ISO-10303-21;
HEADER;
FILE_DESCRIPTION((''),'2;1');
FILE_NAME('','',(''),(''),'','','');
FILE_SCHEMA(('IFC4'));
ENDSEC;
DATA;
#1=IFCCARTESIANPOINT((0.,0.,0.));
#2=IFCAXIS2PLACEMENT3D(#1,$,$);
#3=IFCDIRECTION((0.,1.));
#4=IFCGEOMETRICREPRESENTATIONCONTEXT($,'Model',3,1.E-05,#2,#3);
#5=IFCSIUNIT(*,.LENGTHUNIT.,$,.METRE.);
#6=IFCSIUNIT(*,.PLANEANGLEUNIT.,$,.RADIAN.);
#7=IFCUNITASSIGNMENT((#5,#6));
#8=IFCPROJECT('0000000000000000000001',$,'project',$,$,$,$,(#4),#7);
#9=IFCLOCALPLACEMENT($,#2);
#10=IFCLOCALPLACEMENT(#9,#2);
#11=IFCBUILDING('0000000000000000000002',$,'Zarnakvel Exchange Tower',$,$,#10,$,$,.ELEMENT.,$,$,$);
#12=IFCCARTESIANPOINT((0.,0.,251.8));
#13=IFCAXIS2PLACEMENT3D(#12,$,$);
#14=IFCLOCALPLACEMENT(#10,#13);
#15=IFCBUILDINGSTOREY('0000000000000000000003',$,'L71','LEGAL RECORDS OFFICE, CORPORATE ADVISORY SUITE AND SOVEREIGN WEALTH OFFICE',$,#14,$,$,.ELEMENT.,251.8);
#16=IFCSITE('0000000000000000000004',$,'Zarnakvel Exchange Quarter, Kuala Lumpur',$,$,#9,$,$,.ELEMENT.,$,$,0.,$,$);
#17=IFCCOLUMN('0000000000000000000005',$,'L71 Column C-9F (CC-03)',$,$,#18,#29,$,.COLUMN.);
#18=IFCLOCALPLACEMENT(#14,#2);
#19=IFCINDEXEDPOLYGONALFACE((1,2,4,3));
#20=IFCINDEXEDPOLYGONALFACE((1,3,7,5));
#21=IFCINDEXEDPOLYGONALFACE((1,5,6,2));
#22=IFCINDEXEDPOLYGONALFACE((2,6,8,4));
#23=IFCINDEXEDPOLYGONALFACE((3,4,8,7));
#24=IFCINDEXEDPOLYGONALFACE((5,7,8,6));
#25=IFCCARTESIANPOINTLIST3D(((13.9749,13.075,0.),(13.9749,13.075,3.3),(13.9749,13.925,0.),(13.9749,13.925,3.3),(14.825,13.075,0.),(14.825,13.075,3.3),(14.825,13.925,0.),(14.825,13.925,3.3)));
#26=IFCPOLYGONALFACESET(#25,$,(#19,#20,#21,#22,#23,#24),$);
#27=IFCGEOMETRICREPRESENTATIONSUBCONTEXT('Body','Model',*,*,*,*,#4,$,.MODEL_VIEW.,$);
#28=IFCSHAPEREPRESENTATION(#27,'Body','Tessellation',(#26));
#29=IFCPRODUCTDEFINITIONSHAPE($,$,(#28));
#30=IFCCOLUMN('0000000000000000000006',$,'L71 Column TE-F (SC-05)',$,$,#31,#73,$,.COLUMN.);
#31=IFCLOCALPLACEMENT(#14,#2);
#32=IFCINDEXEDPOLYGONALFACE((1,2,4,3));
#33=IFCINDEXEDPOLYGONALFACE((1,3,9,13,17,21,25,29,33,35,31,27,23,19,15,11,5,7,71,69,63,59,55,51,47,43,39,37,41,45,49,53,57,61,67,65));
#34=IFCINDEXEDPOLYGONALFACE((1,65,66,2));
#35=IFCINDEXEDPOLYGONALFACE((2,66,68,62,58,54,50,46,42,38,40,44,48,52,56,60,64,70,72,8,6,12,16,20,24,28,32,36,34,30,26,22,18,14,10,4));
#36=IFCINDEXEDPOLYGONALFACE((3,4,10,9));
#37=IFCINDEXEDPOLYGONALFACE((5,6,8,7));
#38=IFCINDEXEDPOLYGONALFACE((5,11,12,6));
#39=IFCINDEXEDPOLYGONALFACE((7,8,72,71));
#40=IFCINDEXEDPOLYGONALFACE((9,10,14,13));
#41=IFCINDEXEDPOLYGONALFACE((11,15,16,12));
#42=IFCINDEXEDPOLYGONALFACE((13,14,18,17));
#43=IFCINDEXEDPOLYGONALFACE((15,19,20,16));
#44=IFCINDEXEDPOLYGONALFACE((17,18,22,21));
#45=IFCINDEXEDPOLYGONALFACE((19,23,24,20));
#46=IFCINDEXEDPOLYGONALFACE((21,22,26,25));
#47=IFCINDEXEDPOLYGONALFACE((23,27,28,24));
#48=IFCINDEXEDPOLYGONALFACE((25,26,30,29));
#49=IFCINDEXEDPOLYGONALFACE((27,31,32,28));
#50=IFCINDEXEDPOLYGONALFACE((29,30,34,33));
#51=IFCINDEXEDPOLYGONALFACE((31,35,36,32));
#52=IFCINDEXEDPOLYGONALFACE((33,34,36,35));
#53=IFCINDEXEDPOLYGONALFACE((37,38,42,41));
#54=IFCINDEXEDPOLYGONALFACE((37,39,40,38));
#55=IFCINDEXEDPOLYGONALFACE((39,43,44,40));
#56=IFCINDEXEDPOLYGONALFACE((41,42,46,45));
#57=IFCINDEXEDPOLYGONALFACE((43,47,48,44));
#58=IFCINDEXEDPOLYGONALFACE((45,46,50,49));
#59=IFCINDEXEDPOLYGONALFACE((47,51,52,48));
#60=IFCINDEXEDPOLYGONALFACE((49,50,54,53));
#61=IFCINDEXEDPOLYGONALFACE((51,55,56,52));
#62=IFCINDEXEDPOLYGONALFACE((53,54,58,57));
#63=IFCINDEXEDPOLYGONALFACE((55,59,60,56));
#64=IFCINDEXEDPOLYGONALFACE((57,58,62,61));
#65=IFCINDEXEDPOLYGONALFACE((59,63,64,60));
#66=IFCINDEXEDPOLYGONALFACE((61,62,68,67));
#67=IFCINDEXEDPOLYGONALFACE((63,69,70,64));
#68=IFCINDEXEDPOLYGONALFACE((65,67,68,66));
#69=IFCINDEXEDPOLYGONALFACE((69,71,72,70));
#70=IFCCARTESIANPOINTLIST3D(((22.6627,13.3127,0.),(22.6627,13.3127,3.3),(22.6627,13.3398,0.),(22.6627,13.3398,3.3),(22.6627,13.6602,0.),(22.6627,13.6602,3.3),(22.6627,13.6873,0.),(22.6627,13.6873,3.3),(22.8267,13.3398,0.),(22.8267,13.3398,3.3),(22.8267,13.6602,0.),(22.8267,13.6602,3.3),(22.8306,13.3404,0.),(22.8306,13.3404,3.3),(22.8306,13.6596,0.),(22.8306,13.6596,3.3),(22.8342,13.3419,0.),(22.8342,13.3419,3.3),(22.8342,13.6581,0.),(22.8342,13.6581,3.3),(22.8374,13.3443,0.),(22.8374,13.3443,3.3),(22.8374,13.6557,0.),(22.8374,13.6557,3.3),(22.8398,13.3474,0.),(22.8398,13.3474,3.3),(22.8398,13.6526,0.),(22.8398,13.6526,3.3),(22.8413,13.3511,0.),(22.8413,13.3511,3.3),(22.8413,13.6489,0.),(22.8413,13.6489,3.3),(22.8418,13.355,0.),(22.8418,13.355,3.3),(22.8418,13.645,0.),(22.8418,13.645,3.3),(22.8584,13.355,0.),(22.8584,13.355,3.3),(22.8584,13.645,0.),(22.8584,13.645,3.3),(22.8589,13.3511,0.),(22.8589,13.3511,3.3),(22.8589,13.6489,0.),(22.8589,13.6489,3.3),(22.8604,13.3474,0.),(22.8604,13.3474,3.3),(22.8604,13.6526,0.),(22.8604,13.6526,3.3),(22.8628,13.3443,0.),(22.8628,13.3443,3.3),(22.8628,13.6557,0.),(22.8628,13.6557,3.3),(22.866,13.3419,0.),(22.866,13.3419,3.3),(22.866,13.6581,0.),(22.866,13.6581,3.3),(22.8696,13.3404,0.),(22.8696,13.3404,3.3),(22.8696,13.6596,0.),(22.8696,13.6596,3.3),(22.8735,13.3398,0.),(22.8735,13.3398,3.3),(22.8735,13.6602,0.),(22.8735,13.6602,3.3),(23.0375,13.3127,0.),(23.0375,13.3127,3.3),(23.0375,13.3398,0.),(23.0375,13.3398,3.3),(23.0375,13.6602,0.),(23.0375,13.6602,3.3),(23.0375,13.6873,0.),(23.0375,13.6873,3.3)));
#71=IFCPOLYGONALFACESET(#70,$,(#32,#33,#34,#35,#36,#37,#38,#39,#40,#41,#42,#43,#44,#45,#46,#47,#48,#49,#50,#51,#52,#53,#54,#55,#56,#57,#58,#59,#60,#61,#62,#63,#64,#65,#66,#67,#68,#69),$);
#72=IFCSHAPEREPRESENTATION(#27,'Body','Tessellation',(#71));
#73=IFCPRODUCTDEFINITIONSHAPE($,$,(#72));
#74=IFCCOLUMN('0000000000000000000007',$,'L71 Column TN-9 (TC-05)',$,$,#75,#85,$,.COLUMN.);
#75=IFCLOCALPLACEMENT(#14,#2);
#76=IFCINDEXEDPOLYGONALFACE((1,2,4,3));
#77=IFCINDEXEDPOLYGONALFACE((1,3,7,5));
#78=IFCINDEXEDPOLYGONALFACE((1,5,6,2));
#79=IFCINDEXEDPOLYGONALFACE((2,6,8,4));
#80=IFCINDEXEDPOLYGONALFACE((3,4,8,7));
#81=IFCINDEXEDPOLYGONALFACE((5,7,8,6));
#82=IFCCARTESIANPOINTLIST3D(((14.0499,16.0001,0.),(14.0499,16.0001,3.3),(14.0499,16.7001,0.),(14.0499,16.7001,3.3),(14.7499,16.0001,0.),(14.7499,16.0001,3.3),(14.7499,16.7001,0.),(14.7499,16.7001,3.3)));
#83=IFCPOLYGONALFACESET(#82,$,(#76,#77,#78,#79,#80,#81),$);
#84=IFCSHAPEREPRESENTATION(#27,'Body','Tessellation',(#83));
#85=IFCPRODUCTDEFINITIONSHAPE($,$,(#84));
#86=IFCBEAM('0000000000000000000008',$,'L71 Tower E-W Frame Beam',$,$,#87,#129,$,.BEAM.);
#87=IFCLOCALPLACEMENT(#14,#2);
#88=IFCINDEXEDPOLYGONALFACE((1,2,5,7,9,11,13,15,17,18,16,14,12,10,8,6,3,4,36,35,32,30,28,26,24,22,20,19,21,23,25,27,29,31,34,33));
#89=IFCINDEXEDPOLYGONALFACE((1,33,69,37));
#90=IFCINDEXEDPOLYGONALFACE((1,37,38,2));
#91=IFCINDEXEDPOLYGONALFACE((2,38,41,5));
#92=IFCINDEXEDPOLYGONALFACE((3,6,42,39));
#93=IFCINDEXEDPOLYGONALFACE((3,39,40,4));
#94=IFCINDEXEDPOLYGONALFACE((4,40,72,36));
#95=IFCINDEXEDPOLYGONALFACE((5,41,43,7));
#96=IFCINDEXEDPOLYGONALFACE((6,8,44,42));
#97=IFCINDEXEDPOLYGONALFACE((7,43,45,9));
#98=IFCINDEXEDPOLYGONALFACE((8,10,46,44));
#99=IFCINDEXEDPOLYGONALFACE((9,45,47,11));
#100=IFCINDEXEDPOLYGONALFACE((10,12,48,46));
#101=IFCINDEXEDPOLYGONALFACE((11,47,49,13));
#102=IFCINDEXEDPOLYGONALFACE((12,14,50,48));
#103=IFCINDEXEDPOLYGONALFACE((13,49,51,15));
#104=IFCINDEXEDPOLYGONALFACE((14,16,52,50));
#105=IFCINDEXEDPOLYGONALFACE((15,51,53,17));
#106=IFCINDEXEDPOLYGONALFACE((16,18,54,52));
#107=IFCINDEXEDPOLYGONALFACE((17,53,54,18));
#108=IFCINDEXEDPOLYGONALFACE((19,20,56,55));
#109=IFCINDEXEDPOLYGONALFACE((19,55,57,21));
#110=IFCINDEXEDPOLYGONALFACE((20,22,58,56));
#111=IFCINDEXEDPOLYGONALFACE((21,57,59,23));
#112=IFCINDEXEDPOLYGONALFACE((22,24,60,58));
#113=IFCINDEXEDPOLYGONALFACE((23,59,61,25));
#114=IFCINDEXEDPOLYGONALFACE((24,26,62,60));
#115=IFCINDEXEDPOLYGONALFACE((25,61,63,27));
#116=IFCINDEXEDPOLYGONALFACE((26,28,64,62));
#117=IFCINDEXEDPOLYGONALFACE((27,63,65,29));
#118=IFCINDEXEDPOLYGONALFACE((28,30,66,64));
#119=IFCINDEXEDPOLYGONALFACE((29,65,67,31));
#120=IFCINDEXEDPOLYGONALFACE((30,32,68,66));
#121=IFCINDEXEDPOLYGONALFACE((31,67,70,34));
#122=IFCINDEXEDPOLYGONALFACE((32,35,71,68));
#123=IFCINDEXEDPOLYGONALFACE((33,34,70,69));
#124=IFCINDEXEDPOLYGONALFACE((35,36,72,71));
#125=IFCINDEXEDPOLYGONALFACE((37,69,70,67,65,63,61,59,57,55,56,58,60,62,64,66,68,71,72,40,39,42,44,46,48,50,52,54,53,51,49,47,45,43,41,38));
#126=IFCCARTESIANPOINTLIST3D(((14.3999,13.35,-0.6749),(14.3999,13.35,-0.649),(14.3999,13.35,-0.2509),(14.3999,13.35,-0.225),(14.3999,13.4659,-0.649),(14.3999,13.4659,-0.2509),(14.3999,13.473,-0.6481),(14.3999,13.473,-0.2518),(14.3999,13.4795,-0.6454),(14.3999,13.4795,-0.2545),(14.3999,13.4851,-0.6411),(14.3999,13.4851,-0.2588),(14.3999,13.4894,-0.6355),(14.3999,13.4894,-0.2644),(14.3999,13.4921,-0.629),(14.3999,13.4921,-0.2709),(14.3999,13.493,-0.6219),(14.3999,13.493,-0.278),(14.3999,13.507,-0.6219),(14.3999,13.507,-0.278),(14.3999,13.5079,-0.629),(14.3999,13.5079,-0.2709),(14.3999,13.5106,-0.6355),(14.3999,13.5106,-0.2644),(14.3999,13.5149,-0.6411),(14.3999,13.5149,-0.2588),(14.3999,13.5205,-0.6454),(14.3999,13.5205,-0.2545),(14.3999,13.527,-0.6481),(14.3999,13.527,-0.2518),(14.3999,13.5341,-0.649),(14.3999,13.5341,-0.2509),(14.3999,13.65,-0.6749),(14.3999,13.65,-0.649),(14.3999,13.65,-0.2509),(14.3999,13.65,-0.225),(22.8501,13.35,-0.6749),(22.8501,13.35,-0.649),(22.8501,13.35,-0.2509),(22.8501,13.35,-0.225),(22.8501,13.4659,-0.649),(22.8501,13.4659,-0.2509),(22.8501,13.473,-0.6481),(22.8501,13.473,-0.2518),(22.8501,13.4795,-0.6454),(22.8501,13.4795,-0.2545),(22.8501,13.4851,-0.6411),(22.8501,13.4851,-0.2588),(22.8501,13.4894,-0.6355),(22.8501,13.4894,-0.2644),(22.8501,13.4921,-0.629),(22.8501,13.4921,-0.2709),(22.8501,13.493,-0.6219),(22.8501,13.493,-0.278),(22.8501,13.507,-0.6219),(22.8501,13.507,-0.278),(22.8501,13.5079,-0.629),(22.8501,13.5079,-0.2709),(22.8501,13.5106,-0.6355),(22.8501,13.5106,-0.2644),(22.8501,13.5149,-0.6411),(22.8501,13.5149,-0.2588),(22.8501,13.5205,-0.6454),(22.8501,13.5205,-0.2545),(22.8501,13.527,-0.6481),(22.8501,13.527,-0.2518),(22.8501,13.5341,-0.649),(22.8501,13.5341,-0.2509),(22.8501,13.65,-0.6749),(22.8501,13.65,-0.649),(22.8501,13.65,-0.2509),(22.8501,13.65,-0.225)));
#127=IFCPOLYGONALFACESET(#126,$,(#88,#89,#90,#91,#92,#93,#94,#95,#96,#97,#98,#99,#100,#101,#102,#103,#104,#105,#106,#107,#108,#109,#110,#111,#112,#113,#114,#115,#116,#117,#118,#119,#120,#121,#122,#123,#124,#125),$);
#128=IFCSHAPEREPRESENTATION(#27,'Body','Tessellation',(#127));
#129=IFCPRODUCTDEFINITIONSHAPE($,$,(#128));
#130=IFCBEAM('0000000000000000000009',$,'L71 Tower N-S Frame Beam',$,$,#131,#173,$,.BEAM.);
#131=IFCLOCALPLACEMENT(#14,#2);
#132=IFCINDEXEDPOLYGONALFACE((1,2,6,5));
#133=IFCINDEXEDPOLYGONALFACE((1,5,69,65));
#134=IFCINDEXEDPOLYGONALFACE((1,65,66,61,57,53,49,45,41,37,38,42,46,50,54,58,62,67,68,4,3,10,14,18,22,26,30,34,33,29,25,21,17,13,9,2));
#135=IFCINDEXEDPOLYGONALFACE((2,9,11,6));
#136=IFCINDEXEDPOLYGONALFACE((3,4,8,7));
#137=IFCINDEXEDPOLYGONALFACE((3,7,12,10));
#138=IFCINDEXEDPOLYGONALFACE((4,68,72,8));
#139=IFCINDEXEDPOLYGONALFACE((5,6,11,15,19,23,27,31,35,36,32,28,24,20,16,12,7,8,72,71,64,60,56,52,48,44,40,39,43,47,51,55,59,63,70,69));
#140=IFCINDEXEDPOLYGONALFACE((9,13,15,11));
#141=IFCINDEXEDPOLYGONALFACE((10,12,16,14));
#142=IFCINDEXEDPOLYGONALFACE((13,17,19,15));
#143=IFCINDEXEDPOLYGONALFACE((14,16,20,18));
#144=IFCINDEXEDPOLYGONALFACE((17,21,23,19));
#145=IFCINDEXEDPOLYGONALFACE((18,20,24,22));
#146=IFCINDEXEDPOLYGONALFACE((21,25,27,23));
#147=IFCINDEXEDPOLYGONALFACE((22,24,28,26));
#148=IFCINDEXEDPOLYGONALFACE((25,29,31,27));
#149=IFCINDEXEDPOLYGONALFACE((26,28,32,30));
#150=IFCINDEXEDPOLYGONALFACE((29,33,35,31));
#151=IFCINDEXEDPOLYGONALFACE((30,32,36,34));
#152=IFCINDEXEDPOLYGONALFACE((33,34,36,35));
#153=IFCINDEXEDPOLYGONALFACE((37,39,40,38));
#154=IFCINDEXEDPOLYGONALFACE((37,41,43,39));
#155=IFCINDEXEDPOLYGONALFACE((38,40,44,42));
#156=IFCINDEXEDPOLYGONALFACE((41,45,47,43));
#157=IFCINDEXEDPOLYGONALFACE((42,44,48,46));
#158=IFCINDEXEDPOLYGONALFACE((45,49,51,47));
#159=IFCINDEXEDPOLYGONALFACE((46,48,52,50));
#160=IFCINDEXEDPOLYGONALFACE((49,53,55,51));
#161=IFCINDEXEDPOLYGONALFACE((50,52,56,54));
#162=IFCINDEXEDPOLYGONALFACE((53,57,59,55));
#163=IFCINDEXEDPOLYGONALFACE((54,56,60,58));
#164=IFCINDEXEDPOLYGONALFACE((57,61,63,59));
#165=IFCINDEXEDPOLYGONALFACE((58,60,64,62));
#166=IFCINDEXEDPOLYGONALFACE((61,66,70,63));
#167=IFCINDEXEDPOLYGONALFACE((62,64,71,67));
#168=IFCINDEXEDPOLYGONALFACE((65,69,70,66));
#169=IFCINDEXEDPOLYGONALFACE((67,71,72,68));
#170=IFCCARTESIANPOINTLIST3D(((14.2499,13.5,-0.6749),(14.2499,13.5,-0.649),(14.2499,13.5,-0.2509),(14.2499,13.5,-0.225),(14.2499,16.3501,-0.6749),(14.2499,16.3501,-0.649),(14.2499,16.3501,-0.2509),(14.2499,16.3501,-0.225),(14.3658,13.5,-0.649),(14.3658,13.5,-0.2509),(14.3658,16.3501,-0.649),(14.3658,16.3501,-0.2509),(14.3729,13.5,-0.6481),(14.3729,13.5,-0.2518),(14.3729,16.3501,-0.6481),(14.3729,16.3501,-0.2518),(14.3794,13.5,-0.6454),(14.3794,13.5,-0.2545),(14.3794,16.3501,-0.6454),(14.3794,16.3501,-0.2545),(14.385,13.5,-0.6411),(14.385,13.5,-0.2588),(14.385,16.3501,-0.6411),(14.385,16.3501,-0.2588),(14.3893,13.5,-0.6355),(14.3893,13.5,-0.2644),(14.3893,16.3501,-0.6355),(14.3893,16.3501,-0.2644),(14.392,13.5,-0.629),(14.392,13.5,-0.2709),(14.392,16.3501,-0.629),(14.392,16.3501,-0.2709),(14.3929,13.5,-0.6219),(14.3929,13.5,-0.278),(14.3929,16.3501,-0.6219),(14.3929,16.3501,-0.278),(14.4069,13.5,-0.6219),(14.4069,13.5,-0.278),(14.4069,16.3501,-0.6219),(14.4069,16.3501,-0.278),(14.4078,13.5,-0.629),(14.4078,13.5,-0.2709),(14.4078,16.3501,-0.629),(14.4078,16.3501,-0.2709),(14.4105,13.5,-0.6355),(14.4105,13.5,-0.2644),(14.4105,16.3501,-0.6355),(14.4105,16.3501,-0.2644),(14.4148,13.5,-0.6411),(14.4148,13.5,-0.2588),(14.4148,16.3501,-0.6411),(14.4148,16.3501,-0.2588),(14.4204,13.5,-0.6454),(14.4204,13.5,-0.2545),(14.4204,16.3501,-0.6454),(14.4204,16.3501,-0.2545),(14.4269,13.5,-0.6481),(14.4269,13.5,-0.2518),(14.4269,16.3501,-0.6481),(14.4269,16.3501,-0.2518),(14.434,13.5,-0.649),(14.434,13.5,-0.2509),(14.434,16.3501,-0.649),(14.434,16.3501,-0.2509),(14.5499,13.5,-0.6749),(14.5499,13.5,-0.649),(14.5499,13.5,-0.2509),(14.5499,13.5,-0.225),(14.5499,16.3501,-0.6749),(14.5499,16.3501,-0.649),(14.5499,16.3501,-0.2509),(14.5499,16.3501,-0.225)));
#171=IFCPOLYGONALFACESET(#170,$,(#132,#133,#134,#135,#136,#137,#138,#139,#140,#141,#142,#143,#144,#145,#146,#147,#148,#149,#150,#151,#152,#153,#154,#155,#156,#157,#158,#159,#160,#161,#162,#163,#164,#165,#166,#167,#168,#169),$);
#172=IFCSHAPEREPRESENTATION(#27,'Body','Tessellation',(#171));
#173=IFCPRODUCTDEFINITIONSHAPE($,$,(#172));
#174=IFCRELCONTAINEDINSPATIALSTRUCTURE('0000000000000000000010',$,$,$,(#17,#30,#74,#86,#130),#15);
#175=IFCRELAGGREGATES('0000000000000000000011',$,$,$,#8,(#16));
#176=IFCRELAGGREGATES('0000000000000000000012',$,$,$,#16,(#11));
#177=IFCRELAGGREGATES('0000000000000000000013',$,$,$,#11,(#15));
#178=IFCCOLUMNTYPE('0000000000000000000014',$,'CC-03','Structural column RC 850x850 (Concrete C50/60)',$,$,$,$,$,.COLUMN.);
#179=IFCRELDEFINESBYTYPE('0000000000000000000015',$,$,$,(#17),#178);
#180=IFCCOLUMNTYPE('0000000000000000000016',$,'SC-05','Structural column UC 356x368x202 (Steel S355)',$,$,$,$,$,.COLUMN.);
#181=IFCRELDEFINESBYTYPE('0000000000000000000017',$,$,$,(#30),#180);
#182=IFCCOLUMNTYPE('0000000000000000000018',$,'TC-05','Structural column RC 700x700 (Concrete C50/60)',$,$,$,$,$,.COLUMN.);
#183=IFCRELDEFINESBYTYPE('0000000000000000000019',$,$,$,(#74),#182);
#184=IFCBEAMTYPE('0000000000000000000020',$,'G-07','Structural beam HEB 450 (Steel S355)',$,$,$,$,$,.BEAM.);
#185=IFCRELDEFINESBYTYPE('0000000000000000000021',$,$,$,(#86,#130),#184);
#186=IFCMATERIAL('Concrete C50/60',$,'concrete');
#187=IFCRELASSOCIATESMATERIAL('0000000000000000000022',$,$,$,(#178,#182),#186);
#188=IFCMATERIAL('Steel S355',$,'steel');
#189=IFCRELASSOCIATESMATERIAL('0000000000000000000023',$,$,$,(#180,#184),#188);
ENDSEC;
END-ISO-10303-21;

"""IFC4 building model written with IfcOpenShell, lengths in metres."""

from ifc_helpers import new_model, si_unit, direction, frame, origin, origin_2d, place, context, subcontext, project, spatial, rectangle, i_section, extrude, material, material_profile, profile_set, type_object, element, save


model = new_model("IFC4")

# Units and contexts
model_context = context("Model", 3, precision=1e-05, world=origin(), true_north=direction((0.0, 1.0)))
body_context = subcontext(model_context, "Body", "Model", "MODEL_VIEW")
ifc_project = project(units=[si_unit("LENGTHUNIT", "METRE"), si_unit("PLANEANGLEUNIT", "RADIAN")], contexts=[model_context])

# Site, building, storey
site_placement = place(None, origin())
site = spatial("IfcSite", under=ifc_project, at=site_placement, Name="Zarnakvel Exchange Quarter, Kuala Lumpur", CompositionType="ELEMENT", RefElevation=0.0)
building_placement = place(site_placement, origin())
building = spatial("IfcBuilding", under=site, at=building_placement, Name="Zarnakvel Exchange Tower", CompositionType="ELEMENT")
storey_placement = place(building_placement, frame((0.0, 0.0, 251.8)))
storey = spatial("IfcBuildingStorey", under=building, at=storey_placement, Name="L71", Description="LEGAL RECORDS OFFICE, CORPORATE ADVISORY SUITE AND SOVEREIGN WEALTH OFFICE", CompositionType="ELEMENT", Elevation=251.8)

# Columns
ifc_material_1 = material(Name="Concrete C50/60", Category="concrete")
ifc_material_profile_1 = material_profile(ifc_material_1, rectangle(XDim=0.8501, YDim=0.8501, at=origin_2d()))
ifc_profile_set_1 = profile_set([ifc_material_profile_1], Name="Concrete C50/60")
column_type_1 = type_object("IfcColumnType", Name="CC-03", Description="Structural column RC 850x850 (Concrete C50/60)", PredefinedType="COLUMN", material=ifc_profile_set_1)
column_1_placement = place(storey_placement, frame((14.3999, 13.5, 0.0), z_axis=(0.0, 0.0, 1.0), x_axis=(1.0, 0.0, 0.0)))
element("IfcColumn", 1, at=column_1_placement, inside=storey, type_object=column_type_1, Name="L71 Column C-9F (CC-03)", PredefinedType="COLUMN", context=body_context, shape_type="SweptSolid", body=[
    extrude(rectangle(XDim=0.8501, YDim=0.8501, at=origin_2d()), origin(), (0.0, 0.0, 1.0), 3.3),
])
ifc_material_2 = material(Name="Steel S355", Category="steel")
ifc_material_profile_2 = material_profile(ifc_material_2, i_section(OverallWidth=0.3748, OverallDepth=0.3745, WebThickness=0.0166, FlangeThickness=0.0271, FilletRadius=0.0151, at=origin_2d()))
ifc_profile_set_2 = profile_set([ifc_material_profile_2], Name="Steel S355")
column_type_2 = type_object("IfcColumnType", Name="SC-05", Description="Structural column UC 356x368x202 (Steel S355)", PredefinedType="COLUMN", material=ifc_profile_set_2)
column_2_placement = place(storey_placement, frame((22.8501, 13.5, 0.0), z_axis=(0.0, 0.0, 1.0), x_axis=(1.0, 0.0, 0.0)))
element("IfcColumn", 2, at=column_2_placement, inside=storey, type_object=column_type_2, Name="L71 Column TE-F (SC-05)", PredefinedType="COLUMN", context=body_context, shape_type="SweptSolid", body=[
    extrude(i_section(OverallWidth=0.3748, OverallDepth=0.3745, WebThickness=0.0166, FlangeThickness=0.0271, FilletRadius=0.0151, at=origin_2d()), origin(), (0.0, 0.0, 1.0), 3.3),
])
ifc_material_profile_3 = material_profile(ifc_material_1, rectangle(XDim=0.7, YDim=0.7, at=origin_2d()))
ifc_profile_set_3 = profile_set([ifc_material_profile_3], Name="Concrete C50/60")
column_type_3 = type_object("IfcColumnType", Name="TC-05", Description="Structural column RC 700x700 (Concrete C50/60)", PredefinedType="COLUMN", material=ifc_profile_set_3)
column_3_placement = place(storey_placement, frame((14.3999, 16.3501, 0.0), z_axis=(0.0, 0.0, 1.0), x_axis=(1.0, 0.0, 0.0)))
element("IfcColumn", 3, at=column_3_placement, inside=storey, type_object=column_type_3, Name="L71 Column TN-9 (TC-05)", PredefinedType="COLUMN", context=body_context, shape_type="SweptSolid", body=[
    extrude(rectangle(XDim=0.7, YDim=0.7, at=origin_2d()), origin(), (0.0, 0.0, 1.0), 3.3),
])

# Beams
ifc_material_profile_4 = material_profile(ifc_material_2, i_section(OverallWidth=0.3, OverallDepth=0.45, WebThickness=0.0139, FlangeThickness=0.0259, FilletRadius=0.0271, at=origin_2d()))
ifc_profile_set_4 = profile_set([ifc_material_profile_4], Name="Steel S355")
beam_type = type_object("IfcBeamType", Name="G-07", Description="Structural beam HEB 450 (Steel S355)", PredefinedType="BEAM", material=ifc_profile_set_4)
beam_1_placement = place(storey_placement, frame((14.3999, 13.5, -0.45), z_axis=(1.0, 0.0, 0.0), x_axis=(0.0, 1.0, 0.0)))
element("IfcBeam", 4, at=beam_1_placement, inside=storey, type_object=beam_type, Name="L71 Tower E-W Frame Beam", PredefinedType="BEAM", context=body_context, shape_type="SweptSolid", body=[
    extrude(i_section(OverallWidth=0.3, OverallDepth=0.45, WebThickness=0.0139, FlangeThickness=0.0259, FilletRadius=0.0271, at=origin_2d()), origin(), (0.0, 0.0, 1.0), 8.4502),
])
beam_2_placement = place(storey_placement, frame((14.3999, 13.5, -0.45), z_axis=(0.0, 1.0, 0.0), x_axis=(-1.0, 0.0, 0.0)))
element("IfcBeam", 5, at=beam_2_placement, inside=storey, type_object=beam_type, Name="L71 Tower N-S Frame Beam", PredefinedType="BEAM", context=body_context, shape_type="SweptSolid", body=[
    extrude(i_section(OverallWidth=0.3, OverallDepth=0.45, WebThickness=0.0139, FlangeThickness=0.0259, FilletRadius=0.0271, at=origin_2d()), origin(), (0.0, 0.0, 1.0), 2.8501),
])

save(model, "model.ifc")
